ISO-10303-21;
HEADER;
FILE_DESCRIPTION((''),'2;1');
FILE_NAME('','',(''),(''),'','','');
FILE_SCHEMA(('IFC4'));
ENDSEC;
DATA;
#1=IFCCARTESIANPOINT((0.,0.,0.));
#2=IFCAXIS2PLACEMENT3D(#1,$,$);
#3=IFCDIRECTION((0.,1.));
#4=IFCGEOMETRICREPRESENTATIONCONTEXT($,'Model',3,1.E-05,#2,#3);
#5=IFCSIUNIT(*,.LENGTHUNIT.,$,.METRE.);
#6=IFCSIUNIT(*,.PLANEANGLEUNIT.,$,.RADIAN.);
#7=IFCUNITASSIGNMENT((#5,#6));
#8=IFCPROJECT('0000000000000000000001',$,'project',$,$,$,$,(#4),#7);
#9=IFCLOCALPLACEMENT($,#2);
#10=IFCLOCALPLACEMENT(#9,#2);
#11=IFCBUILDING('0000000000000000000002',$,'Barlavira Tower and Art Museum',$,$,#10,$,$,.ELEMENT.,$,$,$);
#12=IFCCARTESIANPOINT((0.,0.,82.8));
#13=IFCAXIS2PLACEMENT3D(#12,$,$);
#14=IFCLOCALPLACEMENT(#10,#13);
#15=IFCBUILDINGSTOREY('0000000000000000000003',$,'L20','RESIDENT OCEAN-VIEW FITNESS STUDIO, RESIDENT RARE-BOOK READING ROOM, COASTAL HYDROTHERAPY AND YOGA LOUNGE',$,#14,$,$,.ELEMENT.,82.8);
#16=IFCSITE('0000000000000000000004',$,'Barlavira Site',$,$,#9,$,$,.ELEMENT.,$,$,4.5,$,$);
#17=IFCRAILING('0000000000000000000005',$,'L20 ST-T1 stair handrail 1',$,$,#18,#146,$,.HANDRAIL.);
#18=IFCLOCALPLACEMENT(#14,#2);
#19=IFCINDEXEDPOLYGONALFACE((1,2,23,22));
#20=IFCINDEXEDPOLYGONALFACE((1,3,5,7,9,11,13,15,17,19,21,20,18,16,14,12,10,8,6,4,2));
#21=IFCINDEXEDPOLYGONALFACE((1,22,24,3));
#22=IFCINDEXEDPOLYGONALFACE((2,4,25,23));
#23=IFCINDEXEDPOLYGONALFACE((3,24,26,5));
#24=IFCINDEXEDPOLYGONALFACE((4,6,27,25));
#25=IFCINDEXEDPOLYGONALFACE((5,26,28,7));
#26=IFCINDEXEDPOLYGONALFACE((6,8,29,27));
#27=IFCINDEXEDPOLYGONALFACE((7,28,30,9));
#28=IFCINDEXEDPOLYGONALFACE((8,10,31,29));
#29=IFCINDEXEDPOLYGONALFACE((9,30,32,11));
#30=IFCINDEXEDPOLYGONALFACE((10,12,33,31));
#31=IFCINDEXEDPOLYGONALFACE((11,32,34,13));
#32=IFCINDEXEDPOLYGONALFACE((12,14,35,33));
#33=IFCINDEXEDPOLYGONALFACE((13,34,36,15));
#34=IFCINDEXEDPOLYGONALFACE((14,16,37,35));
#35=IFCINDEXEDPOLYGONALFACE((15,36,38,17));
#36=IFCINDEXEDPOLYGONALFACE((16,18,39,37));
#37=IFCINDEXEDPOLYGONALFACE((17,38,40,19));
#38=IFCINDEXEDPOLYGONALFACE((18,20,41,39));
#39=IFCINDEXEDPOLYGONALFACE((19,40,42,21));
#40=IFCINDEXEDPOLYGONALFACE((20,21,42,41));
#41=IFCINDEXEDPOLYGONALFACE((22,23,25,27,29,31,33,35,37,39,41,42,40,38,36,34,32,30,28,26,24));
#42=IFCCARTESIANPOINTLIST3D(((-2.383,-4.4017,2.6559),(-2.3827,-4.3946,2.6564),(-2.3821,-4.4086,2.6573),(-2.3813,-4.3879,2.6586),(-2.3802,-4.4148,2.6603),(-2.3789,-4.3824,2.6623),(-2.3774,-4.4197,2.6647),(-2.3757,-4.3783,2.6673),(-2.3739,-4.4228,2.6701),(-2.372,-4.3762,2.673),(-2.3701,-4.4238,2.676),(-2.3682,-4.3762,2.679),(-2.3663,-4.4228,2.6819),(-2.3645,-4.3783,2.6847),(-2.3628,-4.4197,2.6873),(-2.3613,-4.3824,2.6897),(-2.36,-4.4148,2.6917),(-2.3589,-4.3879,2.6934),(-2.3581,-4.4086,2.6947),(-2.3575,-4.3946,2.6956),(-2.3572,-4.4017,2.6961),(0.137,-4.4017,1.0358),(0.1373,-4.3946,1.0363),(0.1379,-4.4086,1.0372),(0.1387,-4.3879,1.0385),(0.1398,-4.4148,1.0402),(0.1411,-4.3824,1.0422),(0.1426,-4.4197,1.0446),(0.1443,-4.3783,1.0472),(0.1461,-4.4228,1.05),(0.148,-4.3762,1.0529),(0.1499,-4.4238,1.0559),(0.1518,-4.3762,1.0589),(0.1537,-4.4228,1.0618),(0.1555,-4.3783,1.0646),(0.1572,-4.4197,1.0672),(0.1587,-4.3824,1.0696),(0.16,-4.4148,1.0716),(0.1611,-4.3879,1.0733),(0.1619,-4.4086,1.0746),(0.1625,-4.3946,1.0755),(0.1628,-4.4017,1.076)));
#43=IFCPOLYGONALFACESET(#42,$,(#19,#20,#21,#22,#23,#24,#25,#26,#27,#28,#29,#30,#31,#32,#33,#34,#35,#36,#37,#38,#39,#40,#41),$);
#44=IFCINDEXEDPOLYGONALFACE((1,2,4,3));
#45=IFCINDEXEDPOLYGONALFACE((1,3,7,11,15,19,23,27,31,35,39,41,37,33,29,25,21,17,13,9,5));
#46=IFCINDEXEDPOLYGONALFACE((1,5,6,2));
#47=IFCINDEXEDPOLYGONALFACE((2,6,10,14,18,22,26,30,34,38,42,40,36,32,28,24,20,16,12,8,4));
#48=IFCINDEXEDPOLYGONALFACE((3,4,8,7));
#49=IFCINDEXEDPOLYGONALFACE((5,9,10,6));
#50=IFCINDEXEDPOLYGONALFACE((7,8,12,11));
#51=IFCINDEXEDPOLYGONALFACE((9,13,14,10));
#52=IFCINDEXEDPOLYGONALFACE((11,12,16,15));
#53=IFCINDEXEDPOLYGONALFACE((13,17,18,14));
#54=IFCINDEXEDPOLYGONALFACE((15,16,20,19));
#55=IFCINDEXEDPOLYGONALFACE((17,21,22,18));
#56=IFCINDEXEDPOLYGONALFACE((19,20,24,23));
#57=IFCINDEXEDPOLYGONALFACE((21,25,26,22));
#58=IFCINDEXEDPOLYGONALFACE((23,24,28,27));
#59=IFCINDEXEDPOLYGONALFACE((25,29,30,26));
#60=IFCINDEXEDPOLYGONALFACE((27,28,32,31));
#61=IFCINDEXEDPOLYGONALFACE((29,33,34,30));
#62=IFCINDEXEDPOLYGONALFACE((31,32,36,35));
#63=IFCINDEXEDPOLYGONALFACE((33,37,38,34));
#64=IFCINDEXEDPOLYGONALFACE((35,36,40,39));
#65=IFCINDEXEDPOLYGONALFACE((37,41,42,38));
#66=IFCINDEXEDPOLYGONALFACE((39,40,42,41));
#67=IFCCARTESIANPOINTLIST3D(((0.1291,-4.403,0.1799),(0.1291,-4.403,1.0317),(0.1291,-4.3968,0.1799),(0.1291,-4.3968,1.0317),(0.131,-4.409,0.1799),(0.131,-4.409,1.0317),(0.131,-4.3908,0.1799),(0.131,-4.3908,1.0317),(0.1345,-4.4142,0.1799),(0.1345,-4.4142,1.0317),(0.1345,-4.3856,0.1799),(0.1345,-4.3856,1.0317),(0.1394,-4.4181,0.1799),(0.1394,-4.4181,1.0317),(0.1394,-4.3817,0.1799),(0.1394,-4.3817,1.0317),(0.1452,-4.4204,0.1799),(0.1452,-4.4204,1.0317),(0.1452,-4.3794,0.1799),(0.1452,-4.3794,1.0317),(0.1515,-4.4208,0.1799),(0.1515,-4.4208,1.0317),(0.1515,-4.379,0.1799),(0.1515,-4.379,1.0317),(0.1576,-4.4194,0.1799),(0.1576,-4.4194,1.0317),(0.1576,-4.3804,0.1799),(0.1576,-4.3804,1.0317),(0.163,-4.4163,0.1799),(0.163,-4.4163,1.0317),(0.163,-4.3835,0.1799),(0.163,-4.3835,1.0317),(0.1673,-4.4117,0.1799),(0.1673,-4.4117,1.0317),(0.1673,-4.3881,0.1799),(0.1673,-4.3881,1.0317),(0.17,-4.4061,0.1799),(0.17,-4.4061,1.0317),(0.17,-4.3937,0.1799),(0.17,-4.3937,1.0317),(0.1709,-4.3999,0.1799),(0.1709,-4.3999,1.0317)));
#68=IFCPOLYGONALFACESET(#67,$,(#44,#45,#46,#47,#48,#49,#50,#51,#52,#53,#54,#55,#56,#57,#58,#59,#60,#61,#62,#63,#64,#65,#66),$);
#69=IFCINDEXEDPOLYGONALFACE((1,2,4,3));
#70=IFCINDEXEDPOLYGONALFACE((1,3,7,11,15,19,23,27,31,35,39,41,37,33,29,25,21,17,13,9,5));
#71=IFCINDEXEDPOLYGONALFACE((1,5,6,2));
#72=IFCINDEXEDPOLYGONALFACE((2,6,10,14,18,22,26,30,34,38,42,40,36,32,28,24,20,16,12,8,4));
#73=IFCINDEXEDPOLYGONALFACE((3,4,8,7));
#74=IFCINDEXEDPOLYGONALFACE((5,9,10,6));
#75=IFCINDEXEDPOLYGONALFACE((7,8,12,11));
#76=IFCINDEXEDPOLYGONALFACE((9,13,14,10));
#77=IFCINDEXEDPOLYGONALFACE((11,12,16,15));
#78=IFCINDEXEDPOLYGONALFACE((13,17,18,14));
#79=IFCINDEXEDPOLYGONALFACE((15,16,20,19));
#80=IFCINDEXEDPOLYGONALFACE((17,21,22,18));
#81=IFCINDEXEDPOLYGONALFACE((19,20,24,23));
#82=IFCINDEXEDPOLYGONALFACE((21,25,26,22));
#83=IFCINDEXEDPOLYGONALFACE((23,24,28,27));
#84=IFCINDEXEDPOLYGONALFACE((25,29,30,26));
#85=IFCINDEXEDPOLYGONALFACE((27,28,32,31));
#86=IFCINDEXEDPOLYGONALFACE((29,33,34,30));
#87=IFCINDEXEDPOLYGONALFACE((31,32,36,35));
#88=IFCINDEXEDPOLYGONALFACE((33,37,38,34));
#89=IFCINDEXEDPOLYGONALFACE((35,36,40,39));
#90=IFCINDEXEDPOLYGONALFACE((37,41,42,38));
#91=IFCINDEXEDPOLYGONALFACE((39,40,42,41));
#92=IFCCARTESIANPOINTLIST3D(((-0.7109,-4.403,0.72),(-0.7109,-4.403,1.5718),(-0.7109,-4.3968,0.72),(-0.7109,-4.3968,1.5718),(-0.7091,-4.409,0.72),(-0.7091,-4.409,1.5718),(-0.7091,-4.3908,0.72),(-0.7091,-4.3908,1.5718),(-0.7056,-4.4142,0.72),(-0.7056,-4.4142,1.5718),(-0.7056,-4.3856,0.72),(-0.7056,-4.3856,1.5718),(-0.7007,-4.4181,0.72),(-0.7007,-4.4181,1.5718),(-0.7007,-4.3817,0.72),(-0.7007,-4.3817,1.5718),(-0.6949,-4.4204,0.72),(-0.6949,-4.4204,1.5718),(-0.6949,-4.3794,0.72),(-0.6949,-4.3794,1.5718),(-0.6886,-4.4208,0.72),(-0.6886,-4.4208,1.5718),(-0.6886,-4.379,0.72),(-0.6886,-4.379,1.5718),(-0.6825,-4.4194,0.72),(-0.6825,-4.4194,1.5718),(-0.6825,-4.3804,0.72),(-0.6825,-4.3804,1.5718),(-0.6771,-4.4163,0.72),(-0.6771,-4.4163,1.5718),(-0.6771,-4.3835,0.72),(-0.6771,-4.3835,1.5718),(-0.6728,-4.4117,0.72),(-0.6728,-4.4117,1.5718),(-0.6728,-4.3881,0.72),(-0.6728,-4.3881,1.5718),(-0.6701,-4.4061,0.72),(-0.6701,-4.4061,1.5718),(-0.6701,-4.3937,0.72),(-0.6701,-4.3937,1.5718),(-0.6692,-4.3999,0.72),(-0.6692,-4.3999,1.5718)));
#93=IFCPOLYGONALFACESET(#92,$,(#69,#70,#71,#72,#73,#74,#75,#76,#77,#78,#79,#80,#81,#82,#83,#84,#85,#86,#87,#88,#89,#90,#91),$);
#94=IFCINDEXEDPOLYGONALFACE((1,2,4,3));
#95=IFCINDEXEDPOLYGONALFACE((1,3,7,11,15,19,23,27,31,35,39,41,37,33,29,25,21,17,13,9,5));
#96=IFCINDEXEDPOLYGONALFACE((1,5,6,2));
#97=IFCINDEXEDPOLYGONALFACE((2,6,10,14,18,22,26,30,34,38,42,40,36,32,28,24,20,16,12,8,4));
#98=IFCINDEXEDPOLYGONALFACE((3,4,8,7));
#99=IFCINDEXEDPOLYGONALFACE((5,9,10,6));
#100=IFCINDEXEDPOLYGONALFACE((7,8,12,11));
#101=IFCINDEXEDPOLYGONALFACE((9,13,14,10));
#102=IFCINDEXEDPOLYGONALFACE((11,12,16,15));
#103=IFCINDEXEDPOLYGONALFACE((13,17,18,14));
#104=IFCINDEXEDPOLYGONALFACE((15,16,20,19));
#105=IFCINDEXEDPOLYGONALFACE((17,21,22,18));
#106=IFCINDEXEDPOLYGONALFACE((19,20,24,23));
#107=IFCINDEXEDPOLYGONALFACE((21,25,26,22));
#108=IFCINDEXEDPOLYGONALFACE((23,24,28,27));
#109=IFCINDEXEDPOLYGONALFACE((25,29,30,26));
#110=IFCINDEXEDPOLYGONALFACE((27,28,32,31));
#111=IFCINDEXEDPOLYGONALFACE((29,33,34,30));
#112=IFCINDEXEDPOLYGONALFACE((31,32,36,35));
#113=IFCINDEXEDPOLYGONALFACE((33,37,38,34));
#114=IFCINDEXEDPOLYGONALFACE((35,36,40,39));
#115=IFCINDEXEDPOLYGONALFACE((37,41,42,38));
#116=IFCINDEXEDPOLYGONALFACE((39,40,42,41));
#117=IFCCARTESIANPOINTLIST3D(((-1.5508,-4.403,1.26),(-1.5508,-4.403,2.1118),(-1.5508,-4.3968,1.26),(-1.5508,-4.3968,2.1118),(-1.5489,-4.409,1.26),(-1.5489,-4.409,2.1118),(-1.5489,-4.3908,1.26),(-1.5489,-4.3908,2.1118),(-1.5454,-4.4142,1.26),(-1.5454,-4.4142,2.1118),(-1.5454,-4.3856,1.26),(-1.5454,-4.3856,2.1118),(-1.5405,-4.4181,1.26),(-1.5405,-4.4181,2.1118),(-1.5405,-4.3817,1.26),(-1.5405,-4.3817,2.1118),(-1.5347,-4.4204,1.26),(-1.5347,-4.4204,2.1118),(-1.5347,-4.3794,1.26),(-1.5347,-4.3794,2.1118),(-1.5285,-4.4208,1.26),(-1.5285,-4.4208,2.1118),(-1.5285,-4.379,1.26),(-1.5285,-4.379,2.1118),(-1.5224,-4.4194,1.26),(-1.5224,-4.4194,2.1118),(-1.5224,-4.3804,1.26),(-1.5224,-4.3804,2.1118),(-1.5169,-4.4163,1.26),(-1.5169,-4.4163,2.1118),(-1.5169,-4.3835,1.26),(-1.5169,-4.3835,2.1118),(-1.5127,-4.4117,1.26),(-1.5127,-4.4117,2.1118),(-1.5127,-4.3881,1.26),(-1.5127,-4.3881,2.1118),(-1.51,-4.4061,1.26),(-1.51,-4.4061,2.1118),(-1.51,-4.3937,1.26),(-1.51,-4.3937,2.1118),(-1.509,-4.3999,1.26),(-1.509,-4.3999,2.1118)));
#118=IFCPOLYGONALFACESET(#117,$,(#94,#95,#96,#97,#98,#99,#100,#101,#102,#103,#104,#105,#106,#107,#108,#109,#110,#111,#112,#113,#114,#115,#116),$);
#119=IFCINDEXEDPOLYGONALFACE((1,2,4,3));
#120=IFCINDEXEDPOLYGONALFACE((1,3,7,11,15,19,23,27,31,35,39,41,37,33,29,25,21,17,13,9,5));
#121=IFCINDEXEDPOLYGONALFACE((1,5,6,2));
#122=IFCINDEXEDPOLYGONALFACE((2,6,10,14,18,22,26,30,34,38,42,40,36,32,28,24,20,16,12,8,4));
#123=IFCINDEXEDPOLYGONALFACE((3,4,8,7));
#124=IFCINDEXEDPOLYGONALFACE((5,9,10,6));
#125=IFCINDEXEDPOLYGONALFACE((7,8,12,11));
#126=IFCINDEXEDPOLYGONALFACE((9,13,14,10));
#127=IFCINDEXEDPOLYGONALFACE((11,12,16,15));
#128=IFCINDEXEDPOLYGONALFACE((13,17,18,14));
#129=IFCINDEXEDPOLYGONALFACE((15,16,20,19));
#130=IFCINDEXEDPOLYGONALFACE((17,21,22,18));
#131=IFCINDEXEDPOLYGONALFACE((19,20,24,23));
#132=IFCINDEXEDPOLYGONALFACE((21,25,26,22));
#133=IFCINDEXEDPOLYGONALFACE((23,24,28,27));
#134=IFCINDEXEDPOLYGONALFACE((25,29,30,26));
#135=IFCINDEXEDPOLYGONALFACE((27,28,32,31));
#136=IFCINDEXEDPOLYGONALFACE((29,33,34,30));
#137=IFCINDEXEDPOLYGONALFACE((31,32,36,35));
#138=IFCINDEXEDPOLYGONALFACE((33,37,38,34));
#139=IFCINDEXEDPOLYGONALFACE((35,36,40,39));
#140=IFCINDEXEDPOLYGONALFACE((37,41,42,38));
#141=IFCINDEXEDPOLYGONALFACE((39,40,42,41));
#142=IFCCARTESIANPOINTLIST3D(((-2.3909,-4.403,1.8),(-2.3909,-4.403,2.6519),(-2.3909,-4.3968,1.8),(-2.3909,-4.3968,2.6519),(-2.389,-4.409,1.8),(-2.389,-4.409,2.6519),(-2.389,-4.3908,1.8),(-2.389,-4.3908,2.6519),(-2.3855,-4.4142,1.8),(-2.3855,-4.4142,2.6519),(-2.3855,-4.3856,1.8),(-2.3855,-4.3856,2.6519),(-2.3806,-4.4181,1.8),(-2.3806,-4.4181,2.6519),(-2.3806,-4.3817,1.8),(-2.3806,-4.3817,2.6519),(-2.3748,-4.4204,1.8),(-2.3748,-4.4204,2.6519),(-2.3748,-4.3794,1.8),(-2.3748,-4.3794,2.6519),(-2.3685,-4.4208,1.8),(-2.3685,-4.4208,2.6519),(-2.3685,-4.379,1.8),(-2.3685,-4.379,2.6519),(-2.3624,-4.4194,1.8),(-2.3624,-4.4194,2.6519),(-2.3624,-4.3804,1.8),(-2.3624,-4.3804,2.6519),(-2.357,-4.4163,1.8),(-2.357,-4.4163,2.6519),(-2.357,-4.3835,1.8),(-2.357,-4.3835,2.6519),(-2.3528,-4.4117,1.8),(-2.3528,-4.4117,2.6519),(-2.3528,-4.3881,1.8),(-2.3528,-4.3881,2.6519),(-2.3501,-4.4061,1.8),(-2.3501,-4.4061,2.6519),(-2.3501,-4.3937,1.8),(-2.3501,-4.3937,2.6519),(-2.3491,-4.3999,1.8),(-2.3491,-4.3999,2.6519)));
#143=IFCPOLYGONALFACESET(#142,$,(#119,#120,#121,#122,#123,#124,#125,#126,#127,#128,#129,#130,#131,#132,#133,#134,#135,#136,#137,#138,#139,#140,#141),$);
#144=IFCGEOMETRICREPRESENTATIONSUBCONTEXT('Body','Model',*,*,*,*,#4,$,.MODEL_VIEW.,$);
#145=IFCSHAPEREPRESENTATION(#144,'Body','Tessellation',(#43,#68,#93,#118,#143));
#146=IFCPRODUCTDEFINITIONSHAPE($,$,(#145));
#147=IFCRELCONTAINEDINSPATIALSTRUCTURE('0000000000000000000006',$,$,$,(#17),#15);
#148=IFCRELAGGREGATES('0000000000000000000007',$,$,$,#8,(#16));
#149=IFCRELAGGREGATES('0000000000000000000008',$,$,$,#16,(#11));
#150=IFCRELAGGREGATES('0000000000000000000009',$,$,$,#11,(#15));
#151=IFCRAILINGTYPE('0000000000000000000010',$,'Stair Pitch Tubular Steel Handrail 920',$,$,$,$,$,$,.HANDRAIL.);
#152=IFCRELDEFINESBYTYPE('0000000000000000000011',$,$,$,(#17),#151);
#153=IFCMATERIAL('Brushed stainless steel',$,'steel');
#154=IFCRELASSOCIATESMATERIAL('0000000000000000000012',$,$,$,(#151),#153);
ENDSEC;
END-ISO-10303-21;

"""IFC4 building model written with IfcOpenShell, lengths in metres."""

from ifc_helpers import new_model, si_unit, direction, frame, origin, origin_2d, place, context, subcontext, project, spatial, circle, extrude, material, type_object, element, save


model = new_model("IFC4")

# Units and contexts
model_context = context("Model", 3, precision=1e-05, world=origin(), true_north=direction((0.0, 1.0)))
body_context = subcontext(model_context, "Body", "Model", "MODEL_VIEW")
ifc_project = project(units=[si_unit("LENGTHUNIT", "METRE"), si_unit("PLANEANGLEUNIT", "RADIAN")], contexts=[model_context])

# Site, building, storey
site_placement = place(None, origin())
site = spatial("IfcSite", under=ifc_project, at=site_placement, Name="Barlavira Site", CompositionType="ELEMENT", RefElevation=4.5)
building_placement = place(site_placement, origin())
building = spatial("IfcBuilding", under=site, at=building_placement, Name="Barlavira Tower and Art Museum", CompositionType="ELEMENT")
storey_placement = place(building_placement, frame((0.0, 0.0, 82.8)))
storey = spatial("IfcBuildingStorey", under=building, at=storey_placement, Name="L20", Description="RESIDENT OCEAN-VIEW FITNESS STUDIO, RESIDENT RARE-BOOK READING ROOM, COASTAL HYDROTHERAPY AND YOGA LOUNGE", CompositionType="ELEMENT", Elevation=82.8)

# Shared definitions
ifc_material_1 = material(Name="Brushed stainless steel", Category="steel")

# Railing
railing_type_1 = type_object("IfcRailingType", Name="Stair Pitch Tubular Steel Handrail 920", PredefinedType="HANDRAIL", material=ifc_material_1)
railing_1_placement = place(storey_placement, frame((0.1499, -4.3999, 0.1799)))
element("IfcRailing", 1, at=railing_1_placement, inside=storey, type_object=railing_type_1, Name="L20 ST-T1 stair handrail 1", PredefinedType="HANDRAIL", context=body_context, shape_type="SweptSolid", body=[
    extrude(circle(Radius=0.0239, at=origin_2d()), frame((0.0, 0.0, 0.876), z_axis=(-0.841163, 0.0, 0.540782), x_axis=(0.0, -1.0, 0.0)), (0.0, 0.0, 1.0), 2.9958),
    extrude(circle(Radius=0.021, at=origin_2d()), origin(), (0.0, 0.0, 1.0), 0.8518),
    extrude(circle(Radius=0.021, at=origin_2d()), frame((-0.8401, 0.0, 0.54)), (0.0, 0.0, 1.0), 0.8518),
    extrude(circle(Radius=0.021, at=origin_2d()), frame((-1.6799, 0.0, 1.0801)), (0.0, 0.0, 1.0), 0.8518),
    extrude(circle(Radius=0.021, at=origin_2d()), frame((-2.52, 0.0, 1.6201)), (0.0, 0.0, 1.0), 0.8518),
])

save(model, "model.ifc")
